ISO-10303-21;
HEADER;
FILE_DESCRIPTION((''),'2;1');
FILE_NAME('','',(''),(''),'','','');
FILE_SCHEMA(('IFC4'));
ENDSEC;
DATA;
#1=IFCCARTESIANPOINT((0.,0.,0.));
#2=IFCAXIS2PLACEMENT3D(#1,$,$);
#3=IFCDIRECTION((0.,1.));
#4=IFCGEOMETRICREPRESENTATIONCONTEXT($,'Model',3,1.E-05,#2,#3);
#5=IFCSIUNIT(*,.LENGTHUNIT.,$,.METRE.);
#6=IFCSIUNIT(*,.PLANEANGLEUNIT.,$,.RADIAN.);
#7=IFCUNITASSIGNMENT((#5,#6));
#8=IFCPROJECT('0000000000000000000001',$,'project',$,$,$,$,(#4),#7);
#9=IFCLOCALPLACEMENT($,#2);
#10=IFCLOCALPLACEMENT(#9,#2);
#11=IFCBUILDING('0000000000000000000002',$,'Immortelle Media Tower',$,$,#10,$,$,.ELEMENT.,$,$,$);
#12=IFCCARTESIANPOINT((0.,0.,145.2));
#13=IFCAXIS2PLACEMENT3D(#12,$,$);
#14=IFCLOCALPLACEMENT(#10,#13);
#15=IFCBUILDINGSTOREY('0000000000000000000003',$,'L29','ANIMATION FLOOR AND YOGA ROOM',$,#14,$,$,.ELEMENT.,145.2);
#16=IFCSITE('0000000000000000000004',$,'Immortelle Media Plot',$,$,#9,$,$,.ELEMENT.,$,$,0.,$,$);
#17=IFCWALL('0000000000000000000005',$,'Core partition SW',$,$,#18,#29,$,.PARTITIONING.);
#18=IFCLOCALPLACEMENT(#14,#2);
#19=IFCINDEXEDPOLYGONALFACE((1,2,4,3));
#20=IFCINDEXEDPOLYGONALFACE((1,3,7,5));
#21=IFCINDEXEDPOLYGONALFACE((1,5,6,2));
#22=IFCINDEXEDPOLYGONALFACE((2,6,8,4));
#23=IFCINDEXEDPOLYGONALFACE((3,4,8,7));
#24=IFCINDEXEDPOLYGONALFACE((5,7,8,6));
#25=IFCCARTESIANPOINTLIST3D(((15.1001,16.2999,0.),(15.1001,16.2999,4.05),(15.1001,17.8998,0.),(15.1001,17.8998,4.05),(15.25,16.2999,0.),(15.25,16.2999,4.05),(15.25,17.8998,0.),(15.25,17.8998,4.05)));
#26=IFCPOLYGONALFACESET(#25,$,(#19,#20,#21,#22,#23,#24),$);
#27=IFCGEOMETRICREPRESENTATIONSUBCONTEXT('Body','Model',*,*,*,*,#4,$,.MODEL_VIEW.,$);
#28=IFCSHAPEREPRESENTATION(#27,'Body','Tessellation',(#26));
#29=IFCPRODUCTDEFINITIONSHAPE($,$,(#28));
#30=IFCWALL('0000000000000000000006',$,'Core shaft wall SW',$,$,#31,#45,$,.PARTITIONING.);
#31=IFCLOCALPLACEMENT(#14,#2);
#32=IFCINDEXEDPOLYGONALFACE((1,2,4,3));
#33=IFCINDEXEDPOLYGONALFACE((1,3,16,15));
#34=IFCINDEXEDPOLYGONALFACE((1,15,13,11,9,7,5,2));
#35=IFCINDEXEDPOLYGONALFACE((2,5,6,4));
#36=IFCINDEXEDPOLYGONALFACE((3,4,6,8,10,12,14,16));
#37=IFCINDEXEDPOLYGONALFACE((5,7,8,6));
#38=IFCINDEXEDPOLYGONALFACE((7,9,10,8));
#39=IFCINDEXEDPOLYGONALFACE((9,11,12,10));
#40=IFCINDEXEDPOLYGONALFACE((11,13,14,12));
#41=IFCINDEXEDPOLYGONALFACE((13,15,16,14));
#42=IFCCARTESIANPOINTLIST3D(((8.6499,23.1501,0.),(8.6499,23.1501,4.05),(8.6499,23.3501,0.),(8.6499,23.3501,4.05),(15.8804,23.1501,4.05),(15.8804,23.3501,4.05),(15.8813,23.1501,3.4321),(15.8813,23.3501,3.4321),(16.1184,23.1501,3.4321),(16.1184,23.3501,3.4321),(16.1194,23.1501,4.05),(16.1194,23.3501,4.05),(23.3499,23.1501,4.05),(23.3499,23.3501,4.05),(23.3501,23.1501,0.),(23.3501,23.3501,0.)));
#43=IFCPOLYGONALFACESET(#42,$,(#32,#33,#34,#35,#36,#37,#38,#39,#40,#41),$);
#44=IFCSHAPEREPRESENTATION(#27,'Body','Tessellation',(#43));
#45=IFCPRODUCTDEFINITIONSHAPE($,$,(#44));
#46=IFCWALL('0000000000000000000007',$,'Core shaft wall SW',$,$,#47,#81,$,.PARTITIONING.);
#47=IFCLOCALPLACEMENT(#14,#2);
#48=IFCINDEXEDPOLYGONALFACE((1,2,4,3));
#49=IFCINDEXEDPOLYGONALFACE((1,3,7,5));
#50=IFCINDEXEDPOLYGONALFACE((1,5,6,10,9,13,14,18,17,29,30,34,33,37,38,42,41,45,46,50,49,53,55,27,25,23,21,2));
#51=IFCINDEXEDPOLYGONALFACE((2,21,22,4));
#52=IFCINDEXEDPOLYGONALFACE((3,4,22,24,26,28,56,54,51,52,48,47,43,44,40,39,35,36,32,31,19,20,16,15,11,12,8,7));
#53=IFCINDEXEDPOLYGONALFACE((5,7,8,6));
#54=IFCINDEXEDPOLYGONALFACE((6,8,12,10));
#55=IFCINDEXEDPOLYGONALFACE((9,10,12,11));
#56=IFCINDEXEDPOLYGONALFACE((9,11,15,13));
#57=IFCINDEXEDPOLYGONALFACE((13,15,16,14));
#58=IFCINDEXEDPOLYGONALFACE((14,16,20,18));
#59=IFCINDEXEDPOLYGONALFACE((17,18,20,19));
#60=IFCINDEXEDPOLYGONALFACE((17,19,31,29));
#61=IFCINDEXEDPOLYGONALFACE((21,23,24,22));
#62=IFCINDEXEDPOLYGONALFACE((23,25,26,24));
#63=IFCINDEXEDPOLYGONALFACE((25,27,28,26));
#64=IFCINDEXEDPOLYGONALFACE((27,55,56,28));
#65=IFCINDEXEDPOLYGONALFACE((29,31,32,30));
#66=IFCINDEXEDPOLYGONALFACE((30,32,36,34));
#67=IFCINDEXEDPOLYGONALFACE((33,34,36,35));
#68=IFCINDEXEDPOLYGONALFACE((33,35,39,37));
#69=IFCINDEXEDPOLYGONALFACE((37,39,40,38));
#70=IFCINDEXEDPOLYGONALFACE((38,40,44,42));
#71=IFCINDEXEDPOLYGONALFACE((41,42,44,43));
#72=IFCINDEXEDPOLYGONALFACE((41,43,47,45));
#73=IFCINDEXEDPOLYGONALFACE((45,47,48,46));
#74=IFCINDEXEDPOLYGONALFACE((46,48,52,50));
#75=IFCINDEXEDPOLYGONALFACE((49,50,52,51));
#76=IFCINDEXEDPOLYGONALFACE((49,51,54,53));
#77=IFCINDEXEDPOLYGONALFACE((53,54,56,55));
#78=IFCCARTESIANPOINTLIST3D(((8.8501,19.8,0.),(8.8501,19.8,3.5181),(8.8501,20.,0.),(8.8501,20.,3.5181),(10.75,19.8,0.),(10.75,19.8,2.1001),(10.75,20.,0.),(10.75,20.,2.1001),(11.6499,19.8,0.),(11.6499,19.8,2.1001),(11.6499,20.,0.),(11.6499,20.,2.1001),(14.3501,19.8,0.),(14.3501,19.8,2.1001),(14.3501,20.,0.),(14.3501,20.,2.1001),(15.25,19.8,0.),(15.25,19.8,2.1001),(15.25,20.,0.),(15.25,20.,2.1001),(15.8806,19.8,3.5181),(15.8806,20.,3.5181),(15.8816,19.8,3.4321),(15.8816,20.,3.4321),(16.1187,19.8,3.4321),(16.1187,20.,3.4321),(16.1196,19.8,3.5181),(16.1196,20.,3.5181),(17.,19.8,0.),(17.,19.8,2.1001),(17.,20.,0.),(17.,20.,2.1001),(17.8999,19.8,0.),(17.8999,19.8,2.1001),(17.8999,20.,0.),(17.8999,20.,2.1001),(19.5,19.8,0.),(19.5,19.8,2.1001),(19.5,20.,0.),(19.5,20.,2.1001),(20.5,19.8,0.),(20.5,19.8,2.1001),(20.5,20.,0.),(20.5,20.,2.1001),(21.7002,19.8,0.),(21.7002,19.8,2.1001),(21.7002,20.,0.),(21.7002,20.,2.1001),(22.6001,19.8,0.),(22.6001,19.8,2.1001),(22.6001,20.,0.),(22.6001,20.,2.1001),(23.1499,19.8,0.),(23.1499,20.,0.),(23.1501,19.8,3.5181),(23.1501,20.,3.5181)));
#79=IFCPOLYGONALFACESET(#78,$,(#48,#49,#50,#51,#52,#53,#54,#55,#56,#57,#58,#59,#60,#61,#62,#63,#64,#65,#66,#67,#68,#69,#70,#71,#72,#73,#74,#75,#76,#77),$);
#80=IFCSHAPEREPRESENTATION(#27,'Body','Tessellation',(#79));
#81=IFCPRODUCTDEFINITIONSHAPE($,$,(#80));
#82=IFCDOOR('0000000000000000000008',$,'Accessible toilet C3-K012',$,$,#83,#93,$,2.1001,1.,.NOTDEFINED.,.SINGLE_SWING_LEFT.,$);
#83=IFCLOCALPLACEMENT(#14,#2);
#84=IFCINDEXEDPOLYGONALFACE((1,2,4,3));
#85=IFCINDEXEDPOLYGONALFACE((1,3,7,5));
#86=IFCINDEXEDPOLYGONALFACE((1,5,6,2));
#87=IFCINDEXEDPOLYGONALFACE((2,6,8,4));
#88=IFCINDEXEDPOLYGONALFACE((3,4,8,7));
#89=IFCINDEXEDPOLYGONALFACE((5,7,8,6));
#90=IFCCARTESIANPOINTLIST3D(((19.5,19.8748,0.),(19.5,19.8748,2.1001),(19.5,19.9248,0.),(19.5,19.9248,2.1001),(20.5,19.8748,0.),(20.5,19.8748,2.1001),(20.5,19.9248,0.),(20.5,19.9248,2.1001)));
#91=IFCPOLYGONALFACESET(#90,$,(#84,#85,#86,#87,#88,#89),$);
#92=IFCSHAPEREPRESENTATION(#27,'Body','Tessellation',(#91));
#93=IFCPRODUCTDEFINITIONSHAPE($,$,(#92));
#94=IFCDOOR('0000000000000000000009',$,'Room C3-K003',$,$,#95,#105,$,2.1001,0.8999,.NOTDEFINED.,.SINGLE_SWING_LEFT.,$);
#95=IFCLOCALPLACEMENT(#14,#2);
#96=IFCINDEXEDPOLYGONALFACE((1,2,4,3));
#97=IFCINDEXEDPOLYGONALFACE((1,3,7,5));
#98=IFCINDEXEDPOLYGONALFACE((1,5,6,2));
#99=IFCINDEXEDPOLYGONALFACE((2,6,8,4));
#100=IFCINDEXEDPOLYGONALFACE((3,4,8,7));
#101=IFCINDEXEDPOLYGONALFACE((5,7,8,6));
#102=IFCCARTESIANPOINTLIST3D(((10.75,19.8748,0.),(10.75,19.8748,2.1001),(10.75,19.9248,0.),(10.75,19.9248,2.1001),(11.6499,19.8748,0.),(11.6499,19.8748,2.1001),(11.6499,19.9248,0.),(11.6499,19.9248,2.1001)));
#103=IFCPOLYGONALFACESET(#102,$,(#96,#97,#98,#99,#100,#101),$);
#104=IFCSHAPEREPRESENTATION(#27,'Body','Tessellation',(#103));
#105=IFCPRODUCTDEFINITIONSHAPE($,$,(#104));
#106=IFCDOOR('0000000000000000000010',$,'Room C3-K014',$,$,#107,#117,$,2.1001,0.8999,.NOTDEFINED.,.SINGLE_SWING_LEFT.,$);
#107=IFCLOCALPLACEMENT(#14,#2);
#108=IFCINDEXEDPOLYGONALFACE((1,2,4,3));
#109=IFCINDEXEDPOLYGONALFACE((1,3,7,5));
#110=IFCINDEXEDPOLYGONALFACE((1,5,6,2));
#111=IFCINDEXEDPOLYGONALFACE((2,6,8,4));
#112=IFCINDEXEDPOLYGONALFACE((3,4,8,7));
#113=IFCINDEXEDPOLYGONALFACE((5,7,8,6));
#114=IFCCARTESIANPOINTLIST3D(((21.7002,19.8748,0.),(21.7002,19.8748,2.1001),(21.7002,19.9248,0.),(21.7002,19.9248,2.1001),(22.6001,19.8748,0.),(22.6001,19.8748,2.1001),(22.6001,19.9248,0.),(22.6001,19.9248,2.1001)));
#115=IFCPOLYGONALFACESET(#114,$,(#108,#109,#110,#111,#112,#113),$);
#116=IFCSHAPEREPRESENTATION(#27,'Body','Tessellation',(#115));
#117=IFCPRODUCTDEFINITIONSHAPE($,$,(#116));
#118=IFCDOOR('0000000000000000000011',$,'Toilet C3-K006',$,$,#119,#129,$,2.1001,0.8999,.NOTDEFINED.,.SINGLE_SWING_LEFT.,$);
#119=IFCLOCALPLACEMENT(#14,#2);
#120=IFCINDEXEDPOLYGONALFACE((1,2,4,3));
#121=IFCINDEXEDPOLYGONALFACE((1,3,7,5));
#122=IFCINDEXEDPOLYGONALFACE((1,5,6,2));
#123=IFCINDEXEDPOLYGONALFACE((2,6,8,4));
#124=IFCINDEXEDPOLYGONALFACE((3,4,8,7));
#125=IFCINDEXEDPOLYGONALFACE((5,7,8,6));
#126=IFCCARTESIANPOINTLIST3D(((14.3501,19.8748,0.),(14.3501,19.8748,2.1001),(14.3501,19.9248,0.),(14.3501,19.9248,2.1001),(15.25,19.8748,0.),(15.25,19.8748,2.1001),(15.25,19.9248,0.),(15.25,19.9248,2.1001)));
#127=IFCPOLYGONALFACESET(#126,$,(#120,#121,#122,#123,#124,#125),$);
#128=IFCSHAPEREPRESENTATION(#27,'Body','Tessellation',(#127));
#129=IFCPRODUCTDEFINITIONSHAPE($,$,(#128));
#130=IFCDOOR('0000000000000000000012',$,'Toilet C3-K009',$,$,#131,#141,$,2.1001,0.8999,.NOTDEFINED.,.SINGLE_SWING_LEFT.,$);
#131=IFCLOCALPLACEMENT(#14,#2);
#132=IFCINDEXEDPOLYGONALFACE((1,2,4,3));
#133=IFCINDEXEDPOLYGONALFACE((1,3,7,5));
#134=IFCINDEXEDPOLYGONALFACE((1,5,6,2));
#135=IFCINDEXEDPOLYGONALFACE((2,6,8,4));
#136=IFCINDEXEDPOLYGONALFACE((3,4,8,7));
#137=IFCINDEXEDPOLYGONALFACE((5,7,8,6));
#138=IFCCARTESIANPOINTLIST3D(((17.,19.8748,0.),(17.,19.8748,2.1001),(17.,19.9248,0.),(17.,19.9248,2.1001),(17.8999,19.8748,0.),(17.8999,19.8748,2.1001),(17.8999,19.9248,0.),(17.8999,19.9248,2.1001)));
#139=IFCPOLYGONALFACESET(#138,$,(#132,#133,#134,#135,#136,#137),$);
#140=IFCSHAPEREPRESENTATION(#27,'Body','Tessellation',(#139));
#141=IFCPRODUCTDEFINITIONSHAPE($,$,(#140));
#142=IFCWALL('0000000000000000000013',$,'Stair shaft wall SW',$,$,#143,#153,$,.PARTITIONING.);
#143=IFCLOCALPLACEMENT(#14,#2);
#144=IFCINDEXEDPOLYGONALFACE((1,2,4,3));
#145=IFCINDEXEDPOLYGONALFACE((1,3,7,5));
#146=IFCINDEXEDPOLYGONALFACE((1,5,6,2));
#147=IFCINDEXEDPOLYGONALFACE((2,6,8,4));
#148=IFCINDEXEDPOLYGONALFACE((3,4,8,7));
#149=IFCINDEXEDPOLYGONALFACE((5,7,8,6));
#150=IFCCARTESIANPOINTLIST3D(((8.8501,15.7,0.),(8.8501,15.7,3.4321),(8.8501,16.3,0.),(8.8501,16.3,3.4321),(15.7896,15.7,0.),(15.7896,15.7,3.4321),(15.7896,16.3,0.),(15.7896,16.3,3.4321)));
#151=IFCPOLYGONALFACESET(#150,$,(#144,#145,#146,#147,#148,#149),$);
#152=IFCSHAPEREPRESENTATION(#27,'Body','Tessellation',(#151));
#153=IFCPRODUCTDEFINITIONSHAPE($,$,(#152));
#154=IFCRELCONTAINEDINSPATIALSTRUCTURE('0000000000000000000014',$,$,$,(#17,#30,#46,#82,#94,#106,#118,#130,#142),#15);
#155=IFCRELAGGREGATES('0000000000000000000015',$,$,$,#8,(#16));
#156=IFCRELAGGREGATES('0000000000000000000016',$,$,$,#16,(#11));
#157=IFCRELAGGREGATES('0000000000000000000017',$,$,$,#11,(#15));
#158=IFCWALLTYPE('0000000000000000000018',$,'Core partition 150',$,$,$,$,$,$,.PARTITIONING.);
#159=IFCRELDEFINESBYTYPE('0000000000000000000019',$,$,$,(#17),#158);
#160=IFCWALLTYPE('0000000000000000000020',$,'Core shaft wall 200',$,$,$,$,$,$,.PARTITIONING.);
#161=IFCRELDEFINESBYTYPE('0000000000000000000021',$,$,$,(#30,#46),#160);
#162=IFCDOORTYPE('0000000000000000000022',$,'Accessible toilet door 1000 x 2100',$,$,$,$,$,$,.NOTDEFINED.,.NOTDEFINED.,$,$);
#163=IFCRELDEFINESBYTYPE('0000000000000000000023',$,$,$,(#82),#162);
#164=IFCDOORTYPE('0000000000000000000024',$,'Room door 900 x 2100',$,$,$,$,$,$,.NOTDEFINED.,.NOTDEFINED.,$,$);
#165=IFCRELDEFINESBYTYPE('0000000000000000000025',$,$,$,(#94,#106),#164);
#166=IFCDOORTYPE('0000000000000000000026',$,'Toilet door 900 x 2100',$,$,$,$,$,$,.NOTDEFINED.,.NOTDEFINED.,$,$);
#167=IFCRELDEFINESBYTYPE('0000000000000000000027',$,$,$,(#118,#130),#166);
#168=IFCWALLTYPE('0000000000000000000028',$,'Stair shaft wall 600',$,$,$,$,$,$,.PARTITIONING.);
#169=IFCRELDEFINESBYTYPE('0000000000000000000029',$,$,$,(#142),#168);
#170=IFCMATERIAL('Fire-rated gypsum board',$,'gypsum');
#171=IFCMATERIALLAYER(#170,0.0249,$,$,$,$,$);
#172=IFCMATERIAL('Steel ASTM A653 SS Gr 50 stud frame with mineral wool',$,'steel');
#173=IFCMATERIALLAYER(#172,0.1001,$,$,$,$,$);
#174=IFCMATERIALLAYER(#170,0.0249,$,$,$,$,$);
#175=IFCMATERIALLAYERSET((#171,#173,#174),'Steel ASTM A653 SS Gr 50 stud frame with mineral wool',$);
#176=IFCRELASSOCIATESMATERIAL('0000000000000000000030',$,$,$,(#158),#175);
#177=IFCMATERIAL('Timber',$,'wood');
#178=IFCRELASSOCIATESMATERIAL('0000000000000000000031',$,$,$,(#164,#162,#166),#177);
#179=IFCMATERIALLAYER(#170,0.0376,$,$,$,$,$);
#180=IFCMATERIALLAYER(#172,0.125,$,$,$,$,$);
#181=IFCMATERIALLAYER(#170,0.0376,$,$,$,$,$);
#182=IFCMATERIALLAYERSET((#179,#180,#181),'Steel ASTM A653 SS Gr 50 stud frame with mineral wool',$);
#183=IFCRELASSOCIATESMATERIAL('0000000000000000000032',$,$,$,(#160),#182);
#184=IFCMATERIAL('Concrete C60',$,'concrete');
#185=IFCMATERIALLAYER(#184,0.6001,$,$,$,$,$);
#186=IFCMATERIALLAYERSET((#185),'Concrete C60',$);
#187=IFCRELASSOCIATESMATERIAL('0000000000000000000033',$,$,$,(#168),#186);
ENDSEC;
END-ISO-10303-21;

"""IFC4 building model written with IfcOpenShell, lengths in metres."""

from ifc_helpers import new_model, si_unit, direction, frame, frame_2d, origin, place, context, subcontext, project, spatial, polyline, rectangle, outline, extrude, material, layer, layer_set, type_object, element, fill, save


model = new_model("IFC4")

# Units and contexts
model_context = context("Model", 3, precision=1e-05, world=origin(), true_north=direction((0.0, 1.0)))
body_context = subcontext(model_context, "Body", "Model", "MODEL_VIEW")
ifc_project = project(units=[si_unit("LENGTHUNIT", "METRE"), si_unit("PLANEANGLEUNIT", "RADIAN")], contexts=[model_context])

# Site, building, storey
site_placement = place(None, origin())
site = spatial("IfcSite", under=ifc_project, at=site_placement, Name="Immortelle Media Plot", CompositionType="ELEMENT", RefElevation=0.0)
building_placement = place(site_placement, origin())
building = spatial("IfcBuilding", under=site, at=building_placement, Name="Immortelle Media Tower", CompositionType="ELEMENT")
storey_placement = place(building_placement, frame((0.0, 0.0, 145.2)))
storey = spatial("IfcBuildingStorey", under=building, at=storey_placement, Name="L29", Description="ANIMATION FLOOR AND YOGA ROOM", CompositionType="ELEMENT", Elevation=145.2)

# Shared definitions
ifc_material_1 = material(Name="Fire-rated gypsum board", Category="gypsum")
ifc_layer_1 = layer(ifc_material_1, 0.0249)
ifc_material_2 = material(Name="Steel ASTM A653 SS Gr 50 stud frame with mineral wool", Category="steel")
ifc_layer_2 = layer(ifc_material_2, 0.1001)
ifc_layer_3 = layer(ifc_material_1, 0.0249)
ifc_layer_set_1 = layer_set([ifc_layer_1, ifc_layer_2, ifc_layer_3], Name="Steel ASTM A653 SS Gr 50 stud frame with mineral wool")
wall_type_1 = type_object("IfcWallType", Name="Core partition 150", PredefinedType="PARTITIONING", material=ifc_layer_set_1)

# Shared definitions
ifc_material_3 = material(Name="Timber", Category="wood")
door_type_1 = type_object("IfcDoorType", Name="Room door 900 x 2100", OperationType="NOTDEFINED", PredefinedType="NOTDEFINED", material=ifc_material_3)

# Walls
wall_1_placement = place(storey_placement, frame((15.175, 16.3, 0.0), z_axis=(0.0, 0.0, 1.0), x_axis=(0.0, 1.0, 0.0)))
element("IfcWall", 1, at=wall_1_placement, inside=storey, type_object=wall_type_1, Name="Core partition SW", PredefinedType="PARTITIONING", context=body_context, shape_type="SweptSolid", body=[
    extrude(rectangle(XDim=1.5999, YDim=0.1499, at=frame_2d((0.7998, 0.0))), origin(), (0.0, 0.0, 1.0), 4.05),
])
ifc_layer_4 = layer(ifc_material_1, 0.0376)
ifc_layer_5 = layer(ifc_material_2, 0.125)
ifc_layer_6 = layer(ifc_material_1, 0.0376)
ifc_layer_set_2 = layer_set([ifc_layer_4, ifc_layer_5, ifc_layer_6], Name="Steel ASTM A653 SS Gr 50 stud frame with mineral wool")
wall_type_2 = type_object("IfcWallType", Name="Core shaft wall 200", PredefinedType="PARTITIONING", material=ifc_layer_set_2)
wall_2_placement = place(storey_placement, frame((8.6499, 23.25, 0.0), z_axis=(0.0, 0.0, 1.0), x_axis=(1.0, 0.0, 0.0)))
element("IfcWall", 2, at=wall_2_placement, inside=storey, type_object=wall_type_2, Name="Core shaft wall SW", PredefinedType="PARTITIONING", context=body_context, shape_type="SweptSolid", body=[
    extrude(outline(polyline([(0.0, 0.0), (14.7002, 0.0), (14.7, 4.05), (7.4695, 4.05), (7.4685, 3.4321), (7.2314, 3.4321), (7.2305, 4.05), (0.0, 4.05), (0.0, 0.0)])), frame((0.0, 0.1001, 0.0), z_axis=(0.0, -1.0, 0.0), x_axis=(1.0, 0.0, 0.0)), (0.0, 0.0, 1.0), 0.2),
])

# Wall, openings, doors
wall_3_placement = place(storey_placement, frame((8.8501, 19.8999, 0.0), z_axis=(0.0, 0.0, 1.0), x_axis=(1.0, 0.0, 0.0)))
wall_3 = element("IfcWall", 3, at=wall_3_placement, inside=storey, type_object=wall_type_2, Name="Core shaft wall SW", PredefinedType="PARTITIONING", context=body_context, shape_type="SweptSolid", body=[
    extrude(outline(polyline([(0.0, 0.0), (14.2998, 0.0), (14.3, 3.5181), (7.2695, 3.5181), (7.2686, 3.4321), (7.0315, 3.4321), (7.0305, 3.5181), (0.0, 3.5181), (0.0, 0.0)])), frame((0.0, 0.1001, 0.0), z_axis=(0.0, -1.0, 0.0), x_axis=(1.0, 0.0, 0.0)), (0.0, 0.0, 1.0), 0.2),
])
opening_1_placement = place(wall_3_placement, frame((1.8999, 0.0, 0.0)))
opening_1 = element("IfcOpeningElement", 4, at=opening_1_placement, cuts=wall_3, PredefinedType="OPENING", context=body_context, shape_type="SweptSolid", body=[
    extrude(rectangle(XDim=0.8999, YDim=2.1001, at=frame_2d((0.45, 1.05))), frame((0.0, 0.1099, 0.0), z_axis=(0.0, -1.0, 0.0), x_axis=(1.0, 0.0, 0.0)), (0.0, 0.0, 1.0), 0.22),
])
opening_2_placement = place(wall_3_placement, frame((5.5, 0.0, 0.0)))
opening_2 = element("IfcOpeningElement", 5, at=opening_2_placement, cuts=wall_3, PredefinedType="OPENING", context=body_context, shape_type="SweptSolid", body=[
    extrude(rectangle(XDim=0.8999, YDim=2.1001, at=frame_2d((0.45, 1.05))), frame((0.0, 0.1099, 0.0), z_axis=(0.0, -1.0, 0.0), x_axis=(1.0, 0.0, 0.0)), (0.0, 0.0, 1.0), 0.22),
])
opening_3_placement = place(wall_3_placement, frame((8.1499, 0.0, 0.0)))
opening_3 = element("IfcOpeningElement", 6, at=opening_3_placement, cuts=wall_3, PredefinedType="OPENING", context=body_context, shape_type="SweptSolid", body=[
    extrude(rectangle(XDim=0.8999, YDim=2.1001, at=frame_2d((0.45, 1.05))), frame((0.0, 0.1099, 0.0), z_axis=(0.0, -1.0, 0.0), x_axis=(1.0, 0.0, 0.0)), (0.0, 0.0, 1.0), 0.22),
])
opening_4_placement = place(wall_3_placement, frame((10.6499, 0.0, 0.0)))
opening_4 = element("IfcOpeningElement", 7, at=opening_4_placement, cuts=wall_3, PredefinedType="OPENING", context=body_context, shape_type="SweptSolid", body=[
    extrude(rectangle(XDim=1.0, YDim=2.1001, at=frame_2d((0.5, 1.05))), frame((0.0, 0.1099, 0.0), z_axis=(0.0, -1.0, 0.0), x_axis=(1.0, 0.0, 0.0)), (0.0, 0.0, 1.0), 0.22),
])
opening_5_placement = place(wall_3_placement, frame((12.8501, 0.0, 0.0)))
opening_5 = element("IfcOpeningElement", 8, at=opening_5_placement, cuts=wall_3, PredefinedType="OPENING", context=body_context, shape_type="SweptSolid", body=[
    extrude(rectangle(XDim=0.8999, YDim=2.1001, at=frame_2d((0.45, 1.05))), frame((0.0, 0.1099, 0.0), z_axis=(0.0, -1.0, 0.0), x_axis=(1.0, 0.0, 0.0)), (0.0, 0.0, 1.0), 0.22),
])
door_type_2 = type_object("IfcDoorType", Name="Accessible toilet door 1000 x 2100", OperationType="NOTDEFINED", PredefinedType="NOTDEFINED", material=ifc_material_3)
door_1_placement = place(opening_4_placement, origin())
door_1 = element("IfcDoor", 9, at=door_1_placement, inside=storey, type_object=door_type_2, Name="Accessible toilet C3-K012", OperationType="SINGLE_SWING_LEFT", OverallHeight=2.1001, OverallWidth=1.0, PredefinedType="NOTDEFINED", context=body_context, shape_type="SweptSolid", body=[
    extrude(rectangle(XDim=1.0, YDim=2.1001, at=frame_2d((0.5, 1.05))), frame((0.0, 0.0249, 0.0), z_axis=(0.0, -1.0, 0.0), x_axis=(1.0, 0.0, 0.0)), (0.0, 0.0, 1.0), 0.05),
])
fill(opening_4, door_1)
door_2_placement = place(opening_1_placement, origin())
door_2 = element("IfcDoor", 10, at=door_2_placement, inside=storey, type_object=door_type_1, Name="Room C3-K003", OperationType="SINGLE_SWING_LEFT", OverallHeight=2.1001, OverallWidth=0.8999, PredefinedType="NOTDEFINED", context=body_context, shape_type="SweptSolid", body=[
    extrude(rectangle(XDim=0.8999, YDim=2.1001, at=frame_2d((0.45, 1.05))), frame((0.0, 0.0249, 0.0), z_axis=(0.0, -1.0, 0.0), x_axis=(1.0, 0.0, 0.0)), (0.0, 0.0, 1.0), 0.05),
])
fill(opening_1, door_2)
door_3_placement = place(opening_5_placement, origin())
door_3 = element("IfcDoor", 11, at=door_3_placement, inside=storey, type_object=door_type_1, Name="Room C3-K014", OperationType="SINGLE_SWING_LEFT", OverallHeight=2.1001, OverallWidth=0.8999, PredefinedType="NOTDEFINED", context=body_context, shape_type="SweptSolid", body=[
    extrude(rectangle(XDim=0.8999, YDim=2.1001, at=frame_2d((0.45, 1.05))), frame((0.0, 0.0249, 0.0), z_axis=(0.0, -1.0, 0.0), x_axis=(1.0, 0.0, 0.0)), (0.0, 0.0, 1.0), 0.05),
])
fill(opening_5, door_3)
door_type_3 = type_object("IfcDoorType", Name="Toilet door 900 x 2100", OperationType="NOTDEFINED", PredefinedType="NOTDEFINED", material=ifc_material_3)
door_4_placement = place(opening_2_placement, origin())
door_4 = element("IfcDoor", 12, at=door_4_placement, inside=storey, type_object=door_type_3, Name="Toilet C3-K006", OperationType="SINGLE_SWING_LEFT", OverallHeight=2.1001, OverallWidth=0.8999, PredefinedType="NOTDEFINED", context=body_context, shape_type="SweptSolid", body=[
    extrude(rectangle(XDim=0.8999, YDim=2.1001, at=frame_2d((0.45, 1.05))), frame((0.0, 0.0249, 0.0), z_axis=(0.0, -1.0, 0.0), x_axis=(1.0, 0.0, 0.0)), (0.0, 0.0, 1.0), 0.05),
])
fill(opening_2, door_4)
door_5_placement = place(opening_3_placement, origin())
door_5 = element("IfcDoor", 13, at=door_5_placement, inside=storey, type_object=door_type_3, Name="Toilet C3-K009", OperationType="SINGLE_SWING_LEFT", OverallHeight=2.1001, OverallWidth=0.8999, PredefinedType="NOTDEFINED", context=body_context, shape_type="SweptSolid", body=[
    extrude(rectangle(XDim=0.8999, YDim=2.1001, at=frame_2d((0.45, 1.05))), frame((0.0, 0.0249, 0.0), z_axis=(0.0, -1.0, 0.0), x_axis=(1.0, 0.0, 0.0)), (0.0, 0.0, 1.0), 0.05),
])
fill(opening_3, door_5)

# Wall
ifc_material_4 = material(Name="Concrete C60", Category="concrete")
ifc_layer_7 = layer(ifc_material_4, 0.6001)
ifc_layer_set_3 = layer_set([ifc_layer_7], Name="Concrete C60")
wall_type_3 = type_object("IfcWallType", Name="Stair shaft wall 600", PredefinedType="PARTITIONING", material=ifc_layer_set_3)
wall_4_placement = place(storey_placement, frame((8.8501, 16.0, 0.0), z_axis=(0.0, 0.0, 1.0), x_axis=(1.0, 0.0, 0.0)))
element("IfcWall", 14, at=wall_4_placement, inside=storey, type_object=wall_type_3, Name="Stair shaft wall SW", PredefinedType="PARTITIONING", context=body_context, shape_type="SweptSolid", body=[
    extrude(rectangle(XDim=6.9395, YDim=0.6001, at=frame_2d((3.4697, 0.0))), origin(), (0.0, 0.0, 1.0), 3.4321),
])

save(model, "model.ifc")
